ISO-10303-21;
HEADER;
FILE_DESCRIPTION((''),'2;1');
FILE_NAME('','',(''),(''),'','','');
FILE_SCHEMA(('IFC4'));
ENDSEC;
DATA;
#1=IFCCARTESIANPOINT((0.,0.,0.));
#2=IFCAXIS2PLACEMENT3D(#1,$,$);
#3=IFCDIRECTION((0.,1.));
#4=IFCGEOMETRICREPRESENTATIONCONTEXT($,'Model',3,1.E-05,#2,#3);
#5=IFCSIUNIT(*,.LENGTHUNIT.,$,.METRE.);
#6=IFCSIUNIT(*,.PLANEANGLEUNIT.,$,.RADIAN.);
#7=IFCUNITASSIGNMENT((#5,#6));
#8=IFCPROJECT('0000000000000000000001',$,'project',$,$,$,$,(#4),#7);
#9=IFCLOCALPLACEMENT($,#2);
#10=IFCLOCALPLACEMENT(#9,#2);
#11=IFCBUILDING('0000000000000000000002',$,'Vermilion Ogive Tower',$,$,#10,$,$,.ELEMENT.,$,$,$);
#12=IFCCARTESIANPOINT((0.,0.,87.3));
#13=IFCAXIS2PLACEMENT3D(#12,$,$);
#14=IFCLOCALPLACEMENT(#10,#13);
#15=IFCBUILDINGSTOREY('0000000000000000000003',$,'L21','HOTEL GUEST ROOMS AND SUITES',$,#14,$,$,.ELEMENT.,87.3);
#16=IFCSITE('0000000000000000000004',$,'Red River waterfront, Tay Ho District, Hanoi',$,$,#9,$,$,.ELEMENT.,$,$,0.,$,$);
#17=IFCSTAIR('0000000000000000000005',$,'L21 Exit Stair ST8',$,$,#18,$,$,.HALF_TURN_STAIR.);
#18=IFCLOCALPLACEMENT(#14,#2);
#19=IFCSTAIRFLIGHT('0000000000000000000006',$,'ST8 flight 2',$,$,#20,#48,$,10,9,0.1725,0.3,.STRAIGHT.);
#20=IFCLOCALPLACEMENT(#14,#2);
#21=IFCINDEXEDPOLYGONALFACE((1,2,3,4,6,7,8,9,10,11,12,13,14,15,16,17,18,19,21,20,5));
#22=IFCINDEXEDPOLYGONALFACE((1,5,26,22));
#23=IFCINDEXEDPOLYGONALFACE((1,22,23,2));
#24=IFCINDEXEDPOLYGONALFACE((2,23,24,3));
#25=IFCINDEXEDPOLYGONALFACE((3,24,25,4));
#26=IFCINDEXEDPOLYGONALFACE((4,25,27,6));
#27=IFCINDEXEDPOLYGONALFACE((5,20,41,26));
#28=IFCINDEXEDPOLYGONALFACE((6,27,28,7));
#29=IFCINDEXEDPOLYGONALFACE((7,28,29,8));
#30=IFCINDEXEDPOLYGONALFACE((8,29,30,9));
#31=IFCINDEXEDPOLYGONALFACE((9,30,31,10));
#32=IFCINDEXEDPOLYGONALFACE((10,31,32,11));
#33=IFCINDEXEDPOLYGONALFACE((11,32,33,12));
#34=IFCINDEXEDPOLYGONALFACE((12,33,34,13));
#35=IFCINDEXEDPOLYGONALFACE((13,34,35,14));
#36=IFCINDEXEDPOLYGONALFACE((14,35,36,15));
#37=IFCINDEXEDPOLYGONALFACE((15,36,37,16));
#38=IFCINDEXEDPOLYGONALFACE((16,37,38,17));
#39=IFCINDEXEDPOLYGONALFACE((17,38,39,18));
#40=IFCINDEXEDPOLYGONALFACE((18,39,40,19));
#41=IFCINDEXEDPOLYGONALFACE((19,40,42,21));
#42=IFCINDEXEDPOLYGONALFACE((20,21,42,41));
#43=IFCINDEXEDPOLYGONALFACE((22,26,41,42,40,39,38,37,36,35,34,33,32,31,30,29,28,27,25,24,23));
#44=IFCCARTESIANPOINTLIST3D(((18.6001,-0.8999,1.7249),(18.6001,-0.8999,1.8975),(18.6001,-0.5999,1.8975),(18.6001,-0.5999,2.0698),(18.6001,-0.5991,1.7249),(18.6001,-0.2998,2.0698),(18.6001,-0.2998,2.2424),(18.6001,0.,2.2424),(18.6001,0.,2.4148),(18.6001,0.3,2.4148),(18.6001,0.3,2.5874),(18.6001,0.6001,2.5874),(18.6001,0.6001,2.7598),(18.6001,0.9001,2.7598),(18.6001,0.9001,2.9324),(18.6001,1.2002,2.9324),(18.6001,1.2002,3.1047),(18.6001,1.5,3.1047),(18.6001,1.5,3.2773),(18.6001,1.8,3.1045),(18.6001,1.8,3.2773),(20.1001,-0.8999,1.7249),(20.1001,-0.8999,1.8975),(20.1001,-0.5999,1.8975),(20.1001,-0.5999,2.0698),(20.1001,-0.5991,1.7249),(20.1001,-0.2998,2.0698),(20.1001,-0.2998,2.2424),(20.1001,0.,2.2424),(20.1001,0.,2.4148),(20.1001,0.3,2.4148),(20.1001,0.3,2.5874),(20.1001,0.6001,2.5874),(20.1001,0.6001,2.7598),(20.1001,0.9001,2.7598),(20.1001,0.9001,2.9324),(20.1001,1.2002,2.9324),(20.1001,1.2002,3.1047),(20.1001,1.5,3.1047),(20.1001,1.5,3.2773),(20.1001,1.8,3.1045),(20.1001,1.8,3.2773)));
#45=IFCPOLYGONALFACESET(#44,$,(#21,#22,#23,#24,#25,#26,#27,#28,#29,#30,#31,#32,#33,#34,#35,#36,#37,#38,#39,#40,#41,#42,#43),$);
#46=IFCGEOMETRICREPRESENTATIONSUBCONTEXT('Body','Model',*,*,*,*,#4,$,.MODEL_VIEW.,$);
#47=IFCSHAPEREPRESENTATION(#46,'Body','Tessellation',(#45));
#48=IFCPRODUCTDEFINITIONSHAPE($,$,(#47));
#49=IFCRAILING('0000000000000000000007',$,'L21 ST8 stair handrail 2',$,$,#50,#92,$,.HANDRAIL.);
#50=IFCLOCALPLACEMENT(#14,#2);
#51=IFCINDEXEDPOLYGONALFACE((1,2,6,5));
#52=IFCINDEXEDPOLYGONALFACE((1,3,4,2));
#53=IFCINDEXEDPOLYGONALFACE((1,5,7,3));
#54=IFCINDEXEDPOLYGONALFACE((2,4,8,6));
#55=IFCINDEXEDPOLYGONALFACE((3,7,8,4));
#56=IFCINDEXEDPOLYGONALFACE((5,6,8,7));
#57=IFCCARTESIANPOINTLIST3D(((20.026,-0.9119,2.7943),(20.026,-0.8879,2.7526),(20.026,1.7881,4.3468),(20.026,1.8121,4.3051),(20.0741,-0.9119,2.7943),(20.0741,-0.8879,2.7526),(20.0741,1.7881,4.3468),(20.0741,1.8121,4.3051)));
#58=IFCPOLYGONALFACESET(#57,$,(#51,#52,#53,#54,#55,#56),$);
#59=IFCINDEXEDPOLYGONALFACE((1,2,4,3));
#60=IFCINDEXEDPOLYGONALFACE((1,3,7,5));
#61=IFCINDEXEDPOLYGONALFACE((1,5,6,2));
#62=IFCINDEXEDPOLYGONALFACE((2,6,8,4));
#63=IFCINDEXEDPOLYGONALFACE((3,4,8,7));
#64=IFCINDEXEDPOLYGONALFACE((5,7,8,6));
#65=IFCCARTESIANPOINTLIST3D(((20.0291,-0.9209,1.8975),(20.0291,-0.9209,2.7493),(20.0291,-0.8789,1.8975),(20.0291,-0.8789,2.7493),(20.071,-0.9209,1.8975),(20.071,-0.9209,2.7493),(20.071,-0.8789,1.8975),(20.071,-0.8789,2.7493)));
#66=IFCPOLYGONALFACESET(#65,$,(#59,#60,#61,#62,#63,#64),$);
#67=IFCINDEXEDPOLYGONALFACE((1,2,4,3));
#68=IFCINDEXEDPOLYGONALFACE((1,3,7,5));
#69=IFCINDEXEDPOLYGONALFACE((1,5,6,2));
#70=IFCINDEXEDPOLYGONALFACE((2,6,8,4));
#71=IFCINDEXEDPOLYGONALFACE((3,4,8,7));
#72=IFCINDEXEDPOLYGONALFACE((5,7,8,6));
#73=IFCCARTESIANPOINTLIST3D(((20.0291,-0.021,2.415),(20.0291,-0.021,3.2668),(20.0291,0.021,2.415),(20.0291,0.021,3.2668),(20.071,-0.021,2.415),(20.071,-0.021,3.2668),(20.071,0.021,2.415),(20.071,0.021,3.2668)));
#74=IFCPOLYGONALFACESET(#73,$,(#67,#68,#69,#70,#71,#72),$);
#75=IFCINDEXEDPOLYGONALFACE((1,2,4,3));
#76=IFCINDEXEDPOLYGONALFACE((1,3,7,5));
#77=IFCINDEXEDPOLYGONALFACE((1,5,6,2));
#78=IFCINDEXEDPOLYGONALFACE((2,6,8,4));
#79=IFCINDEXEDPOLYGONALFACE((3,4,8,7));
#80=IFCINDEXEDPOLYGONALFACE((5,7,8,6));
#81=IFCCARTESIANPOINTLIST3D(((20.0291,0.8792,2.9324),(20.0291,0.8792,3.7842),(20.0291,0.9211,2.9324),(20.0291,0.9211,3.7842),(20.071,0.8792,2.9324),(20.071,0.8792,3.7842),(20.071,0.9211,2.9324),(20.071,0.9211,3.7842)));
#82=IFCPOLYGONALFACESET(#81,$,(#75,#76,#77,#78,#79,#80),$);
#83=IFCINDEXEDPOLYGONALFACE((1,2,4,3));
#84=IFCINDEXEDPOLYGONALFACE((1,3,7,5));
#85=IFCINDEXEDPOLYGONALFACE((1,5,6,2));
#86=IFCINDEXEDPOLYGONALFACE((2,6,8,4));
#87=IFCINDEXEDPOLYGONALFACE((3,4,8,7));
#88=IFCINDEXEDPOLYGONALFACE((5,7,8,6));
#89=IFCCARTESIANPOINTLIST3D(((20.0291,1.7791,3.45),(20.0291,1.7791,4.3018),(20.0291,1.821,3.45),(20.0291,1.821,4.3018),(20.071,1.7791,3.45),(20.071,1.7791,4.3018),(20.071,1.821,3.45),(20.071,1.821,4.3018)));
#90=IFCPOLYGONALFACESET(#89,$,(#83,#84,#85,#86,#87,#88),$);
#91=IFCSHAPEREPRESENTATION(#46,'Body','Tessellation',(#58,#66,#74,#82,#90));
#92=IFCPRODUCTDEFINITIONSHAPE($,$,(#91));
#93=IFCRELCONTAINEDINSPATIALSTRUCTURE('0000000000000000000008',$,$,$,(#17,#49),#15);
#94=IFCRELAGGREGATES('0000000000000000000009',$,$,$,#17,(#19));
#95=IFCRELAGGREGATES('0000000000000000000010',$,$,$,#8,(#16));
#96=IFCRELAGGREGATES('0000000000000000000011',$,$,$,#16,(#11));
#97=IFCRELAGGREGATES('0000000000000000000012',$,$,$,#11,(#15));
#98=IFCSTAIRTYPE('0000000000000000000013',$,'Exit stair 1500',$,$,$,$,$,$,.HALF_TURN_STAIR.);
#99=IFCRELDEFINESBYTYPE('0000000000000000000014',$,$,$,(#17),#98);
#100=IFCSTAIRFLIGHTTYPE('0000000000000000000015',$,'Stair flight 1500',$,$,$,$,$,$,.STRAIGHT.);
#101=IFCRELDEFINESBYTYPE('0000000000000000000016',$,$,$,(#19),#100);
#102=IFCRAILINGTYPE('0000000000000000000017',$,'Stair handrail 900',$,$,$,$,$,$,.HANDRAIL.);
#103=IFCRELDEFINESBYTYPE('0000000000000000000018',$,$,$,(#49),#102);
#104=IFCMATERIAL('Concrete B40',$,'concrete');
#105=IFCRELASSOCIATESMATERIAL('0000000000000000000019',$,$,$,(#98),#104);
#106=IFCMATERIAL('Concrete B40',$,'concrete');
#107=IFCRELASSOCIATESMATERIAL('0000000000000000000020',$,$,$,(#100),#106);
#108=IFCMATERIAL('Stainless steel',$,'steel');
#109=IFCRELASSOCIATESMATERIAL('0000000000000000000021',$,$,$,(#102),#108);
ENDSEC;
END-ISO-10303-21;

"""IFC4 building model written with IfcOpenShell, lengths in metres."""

from ifc_helpers import new_model, si_unit, direction, frame, origin, origin_2d, place, context, subcontext, project, spatial, polyline, rectangle, outline, extrude, material, type_object, element, aggregate, save


model = new_model("IFC4")

# Units and contexts
model_context = context("Model", 3, precision=1e-05, world=origin(), true_north=direction((0.0, 1.0)))
body_context = subcontext(model_context, "Body", "Model", "MODEL_VIEW")
ifc_project = project(units=[si_unit("LENGTHUNIT", "METRE"), si_unit("PLANEANGLEUNIT", "RADIAN")], contexts=[model_context])

# Site, building, storey
site_placement = place(None, origin())
site = spatial("IfcSite", under=ifc_project, at=site_placement, Name="Red River waterfront, Tay Ho District, Hanoi", CompositionType="ELEMENT", RefElevation=0.0)
building_placement = place(site_placement, origin())
building = spatial("IfcBuilding", under=site, at=building_placement, Name="Vermilion Ogive Tower", CompositionType="ELEMENT")
storey_placement = place(building_placement, frame((0.0, 0.0, 87.3)))
storey = spatial("IfcBuildingStorey", under=building, at=storey_placement, Name="L21", Description="HOTEL GUEST ROOMS AND SUITES", CompositionType="ELEMENT", Elevation=87.3)

# Stair, stair flight
ifc_material_1 = material(Name="Concrete B40", Category="concrete")
stair_type = type_object("IfcStairType", Name="Exit stair 1500", PredefinedType="HALF_TURN_STAIR", material=ifc_material_1)
stair_placement = place(storey_placement, origin())
stair = element("IfcStair", 1, at=stair_placement, inside=storey, type_object=stair_type, Name="L21 Exit Stair ST8", PredefinedType="HALF_TURN_STAIR")
ifc_material_2 = material(Name="Concrete B40", Category="concrete")
stair_flight_type = type_object("IfcStairFlightType", Name="Stair flight 1500", PredefinedType="STRAIGHT", material=ifc_material_2)
stair_flight_placement = place(storey_placement, frame((19.3501, -0.8999, 1.7249), z_axis=(0.0, 0.0, 1.0), x_axis=(0.0, 1.0, 0.0)))
stair_flight = element("IfcStairFlight", 2, at=stair_flight_placement, type_object=stair_flight_type, Name="ST8 flight 2", NumberOfRisers=10, NumberOfTreads=9, PredefinedType="STRAIGHT", RiserHeight=0.1725, TreadLength=0.3, context=body_context, shape_type="SweptSolid", body=[
    extrude(outline(polyline([(0.0, 0.0), (0.0, 0.1726), (0.3, 0.1726), (0.3, 0.345), (0.6001, 0.345), (0.6001, 0.5176), (0.8999, 0.5176), (0.8999, 0.6899), (1.2, 0.6899), (1.2, 0.8625), (1.5, 0.8625), (1.5, 1.0349), (1.8, 1.0349), (1.8, 1.2075), (2.1001, 1.2075), (2.1001, 1.3799), (2.3999, 1.3799), (2.3999, 1.5525), (2.7, 1.5525), (2.7, 1.7251), (2.7, 1.3796), (0.3008, 0.0), (0.0, 0.0)])), frame((0.0, 0.75, 0.0), z_axis=(0.0, -1.0, 0.0), x_axis=(1.0, 0.0, 0.0)), (0.0, 0.0, 1.0), 1.5),
])
aggregate(stair, [stair_flight])

# Railing
ifc_material_3 = material(Name="Stainless steel", Category="steel")
railing_type = type_object("IfcRailingType", Name="Stair handrail 900", PredefinedType="HANDRAIL", material=ifc_material_3)
railing_placement = place(storey_placement, frame((20.05, -0.8999, 1.8975)))
element("IfcRailing", 3, at=railing_placement, inside=storey, type_object=railing_type, Name="L21 ST8 stair handrail 2", PredefinedType="HANDRAIL", context=body_context, shape_type="SweptSolid", body=[
    extrude(rectangle(XDim=0.0481, YDim=0.0481, at=origin_2d()), frame((0.0, 0.0, 0.876), z_axis=(0.0, 0.866904, 0.498476), x_axis=(-1.0, 0.0, 0.0)), (0.0, 0.0, 1.0), 3.1145),
    extrude(rectangle(XDim=0.042, YDim=0.042, at=origin_2d()), origin(), (0.0, 0.0, 1.0), 0.8518),
    extrude(rectangle(XDim=0.042, YDim=0.042, at=origin_2d()), frame((0.0, 0.8999, 0.5176)), (0.0, 0.0, 1.0), 0.8518),
    extrude(rectangle(XDim=0.042, YDim=0.042, at=origin_2d()), frame((0.0, 1.8, 1.0349)), (0.0, 0.0, 1.0), 0.8518),
    extrude(rectangle(XDim=0.042, YDim=0.042, at=origin_2d()), frame((0.0, 2.7, 1.5525)), (0.0, 0.0, 1.0), 0.8518),
])

save(model, "model.ifc")
